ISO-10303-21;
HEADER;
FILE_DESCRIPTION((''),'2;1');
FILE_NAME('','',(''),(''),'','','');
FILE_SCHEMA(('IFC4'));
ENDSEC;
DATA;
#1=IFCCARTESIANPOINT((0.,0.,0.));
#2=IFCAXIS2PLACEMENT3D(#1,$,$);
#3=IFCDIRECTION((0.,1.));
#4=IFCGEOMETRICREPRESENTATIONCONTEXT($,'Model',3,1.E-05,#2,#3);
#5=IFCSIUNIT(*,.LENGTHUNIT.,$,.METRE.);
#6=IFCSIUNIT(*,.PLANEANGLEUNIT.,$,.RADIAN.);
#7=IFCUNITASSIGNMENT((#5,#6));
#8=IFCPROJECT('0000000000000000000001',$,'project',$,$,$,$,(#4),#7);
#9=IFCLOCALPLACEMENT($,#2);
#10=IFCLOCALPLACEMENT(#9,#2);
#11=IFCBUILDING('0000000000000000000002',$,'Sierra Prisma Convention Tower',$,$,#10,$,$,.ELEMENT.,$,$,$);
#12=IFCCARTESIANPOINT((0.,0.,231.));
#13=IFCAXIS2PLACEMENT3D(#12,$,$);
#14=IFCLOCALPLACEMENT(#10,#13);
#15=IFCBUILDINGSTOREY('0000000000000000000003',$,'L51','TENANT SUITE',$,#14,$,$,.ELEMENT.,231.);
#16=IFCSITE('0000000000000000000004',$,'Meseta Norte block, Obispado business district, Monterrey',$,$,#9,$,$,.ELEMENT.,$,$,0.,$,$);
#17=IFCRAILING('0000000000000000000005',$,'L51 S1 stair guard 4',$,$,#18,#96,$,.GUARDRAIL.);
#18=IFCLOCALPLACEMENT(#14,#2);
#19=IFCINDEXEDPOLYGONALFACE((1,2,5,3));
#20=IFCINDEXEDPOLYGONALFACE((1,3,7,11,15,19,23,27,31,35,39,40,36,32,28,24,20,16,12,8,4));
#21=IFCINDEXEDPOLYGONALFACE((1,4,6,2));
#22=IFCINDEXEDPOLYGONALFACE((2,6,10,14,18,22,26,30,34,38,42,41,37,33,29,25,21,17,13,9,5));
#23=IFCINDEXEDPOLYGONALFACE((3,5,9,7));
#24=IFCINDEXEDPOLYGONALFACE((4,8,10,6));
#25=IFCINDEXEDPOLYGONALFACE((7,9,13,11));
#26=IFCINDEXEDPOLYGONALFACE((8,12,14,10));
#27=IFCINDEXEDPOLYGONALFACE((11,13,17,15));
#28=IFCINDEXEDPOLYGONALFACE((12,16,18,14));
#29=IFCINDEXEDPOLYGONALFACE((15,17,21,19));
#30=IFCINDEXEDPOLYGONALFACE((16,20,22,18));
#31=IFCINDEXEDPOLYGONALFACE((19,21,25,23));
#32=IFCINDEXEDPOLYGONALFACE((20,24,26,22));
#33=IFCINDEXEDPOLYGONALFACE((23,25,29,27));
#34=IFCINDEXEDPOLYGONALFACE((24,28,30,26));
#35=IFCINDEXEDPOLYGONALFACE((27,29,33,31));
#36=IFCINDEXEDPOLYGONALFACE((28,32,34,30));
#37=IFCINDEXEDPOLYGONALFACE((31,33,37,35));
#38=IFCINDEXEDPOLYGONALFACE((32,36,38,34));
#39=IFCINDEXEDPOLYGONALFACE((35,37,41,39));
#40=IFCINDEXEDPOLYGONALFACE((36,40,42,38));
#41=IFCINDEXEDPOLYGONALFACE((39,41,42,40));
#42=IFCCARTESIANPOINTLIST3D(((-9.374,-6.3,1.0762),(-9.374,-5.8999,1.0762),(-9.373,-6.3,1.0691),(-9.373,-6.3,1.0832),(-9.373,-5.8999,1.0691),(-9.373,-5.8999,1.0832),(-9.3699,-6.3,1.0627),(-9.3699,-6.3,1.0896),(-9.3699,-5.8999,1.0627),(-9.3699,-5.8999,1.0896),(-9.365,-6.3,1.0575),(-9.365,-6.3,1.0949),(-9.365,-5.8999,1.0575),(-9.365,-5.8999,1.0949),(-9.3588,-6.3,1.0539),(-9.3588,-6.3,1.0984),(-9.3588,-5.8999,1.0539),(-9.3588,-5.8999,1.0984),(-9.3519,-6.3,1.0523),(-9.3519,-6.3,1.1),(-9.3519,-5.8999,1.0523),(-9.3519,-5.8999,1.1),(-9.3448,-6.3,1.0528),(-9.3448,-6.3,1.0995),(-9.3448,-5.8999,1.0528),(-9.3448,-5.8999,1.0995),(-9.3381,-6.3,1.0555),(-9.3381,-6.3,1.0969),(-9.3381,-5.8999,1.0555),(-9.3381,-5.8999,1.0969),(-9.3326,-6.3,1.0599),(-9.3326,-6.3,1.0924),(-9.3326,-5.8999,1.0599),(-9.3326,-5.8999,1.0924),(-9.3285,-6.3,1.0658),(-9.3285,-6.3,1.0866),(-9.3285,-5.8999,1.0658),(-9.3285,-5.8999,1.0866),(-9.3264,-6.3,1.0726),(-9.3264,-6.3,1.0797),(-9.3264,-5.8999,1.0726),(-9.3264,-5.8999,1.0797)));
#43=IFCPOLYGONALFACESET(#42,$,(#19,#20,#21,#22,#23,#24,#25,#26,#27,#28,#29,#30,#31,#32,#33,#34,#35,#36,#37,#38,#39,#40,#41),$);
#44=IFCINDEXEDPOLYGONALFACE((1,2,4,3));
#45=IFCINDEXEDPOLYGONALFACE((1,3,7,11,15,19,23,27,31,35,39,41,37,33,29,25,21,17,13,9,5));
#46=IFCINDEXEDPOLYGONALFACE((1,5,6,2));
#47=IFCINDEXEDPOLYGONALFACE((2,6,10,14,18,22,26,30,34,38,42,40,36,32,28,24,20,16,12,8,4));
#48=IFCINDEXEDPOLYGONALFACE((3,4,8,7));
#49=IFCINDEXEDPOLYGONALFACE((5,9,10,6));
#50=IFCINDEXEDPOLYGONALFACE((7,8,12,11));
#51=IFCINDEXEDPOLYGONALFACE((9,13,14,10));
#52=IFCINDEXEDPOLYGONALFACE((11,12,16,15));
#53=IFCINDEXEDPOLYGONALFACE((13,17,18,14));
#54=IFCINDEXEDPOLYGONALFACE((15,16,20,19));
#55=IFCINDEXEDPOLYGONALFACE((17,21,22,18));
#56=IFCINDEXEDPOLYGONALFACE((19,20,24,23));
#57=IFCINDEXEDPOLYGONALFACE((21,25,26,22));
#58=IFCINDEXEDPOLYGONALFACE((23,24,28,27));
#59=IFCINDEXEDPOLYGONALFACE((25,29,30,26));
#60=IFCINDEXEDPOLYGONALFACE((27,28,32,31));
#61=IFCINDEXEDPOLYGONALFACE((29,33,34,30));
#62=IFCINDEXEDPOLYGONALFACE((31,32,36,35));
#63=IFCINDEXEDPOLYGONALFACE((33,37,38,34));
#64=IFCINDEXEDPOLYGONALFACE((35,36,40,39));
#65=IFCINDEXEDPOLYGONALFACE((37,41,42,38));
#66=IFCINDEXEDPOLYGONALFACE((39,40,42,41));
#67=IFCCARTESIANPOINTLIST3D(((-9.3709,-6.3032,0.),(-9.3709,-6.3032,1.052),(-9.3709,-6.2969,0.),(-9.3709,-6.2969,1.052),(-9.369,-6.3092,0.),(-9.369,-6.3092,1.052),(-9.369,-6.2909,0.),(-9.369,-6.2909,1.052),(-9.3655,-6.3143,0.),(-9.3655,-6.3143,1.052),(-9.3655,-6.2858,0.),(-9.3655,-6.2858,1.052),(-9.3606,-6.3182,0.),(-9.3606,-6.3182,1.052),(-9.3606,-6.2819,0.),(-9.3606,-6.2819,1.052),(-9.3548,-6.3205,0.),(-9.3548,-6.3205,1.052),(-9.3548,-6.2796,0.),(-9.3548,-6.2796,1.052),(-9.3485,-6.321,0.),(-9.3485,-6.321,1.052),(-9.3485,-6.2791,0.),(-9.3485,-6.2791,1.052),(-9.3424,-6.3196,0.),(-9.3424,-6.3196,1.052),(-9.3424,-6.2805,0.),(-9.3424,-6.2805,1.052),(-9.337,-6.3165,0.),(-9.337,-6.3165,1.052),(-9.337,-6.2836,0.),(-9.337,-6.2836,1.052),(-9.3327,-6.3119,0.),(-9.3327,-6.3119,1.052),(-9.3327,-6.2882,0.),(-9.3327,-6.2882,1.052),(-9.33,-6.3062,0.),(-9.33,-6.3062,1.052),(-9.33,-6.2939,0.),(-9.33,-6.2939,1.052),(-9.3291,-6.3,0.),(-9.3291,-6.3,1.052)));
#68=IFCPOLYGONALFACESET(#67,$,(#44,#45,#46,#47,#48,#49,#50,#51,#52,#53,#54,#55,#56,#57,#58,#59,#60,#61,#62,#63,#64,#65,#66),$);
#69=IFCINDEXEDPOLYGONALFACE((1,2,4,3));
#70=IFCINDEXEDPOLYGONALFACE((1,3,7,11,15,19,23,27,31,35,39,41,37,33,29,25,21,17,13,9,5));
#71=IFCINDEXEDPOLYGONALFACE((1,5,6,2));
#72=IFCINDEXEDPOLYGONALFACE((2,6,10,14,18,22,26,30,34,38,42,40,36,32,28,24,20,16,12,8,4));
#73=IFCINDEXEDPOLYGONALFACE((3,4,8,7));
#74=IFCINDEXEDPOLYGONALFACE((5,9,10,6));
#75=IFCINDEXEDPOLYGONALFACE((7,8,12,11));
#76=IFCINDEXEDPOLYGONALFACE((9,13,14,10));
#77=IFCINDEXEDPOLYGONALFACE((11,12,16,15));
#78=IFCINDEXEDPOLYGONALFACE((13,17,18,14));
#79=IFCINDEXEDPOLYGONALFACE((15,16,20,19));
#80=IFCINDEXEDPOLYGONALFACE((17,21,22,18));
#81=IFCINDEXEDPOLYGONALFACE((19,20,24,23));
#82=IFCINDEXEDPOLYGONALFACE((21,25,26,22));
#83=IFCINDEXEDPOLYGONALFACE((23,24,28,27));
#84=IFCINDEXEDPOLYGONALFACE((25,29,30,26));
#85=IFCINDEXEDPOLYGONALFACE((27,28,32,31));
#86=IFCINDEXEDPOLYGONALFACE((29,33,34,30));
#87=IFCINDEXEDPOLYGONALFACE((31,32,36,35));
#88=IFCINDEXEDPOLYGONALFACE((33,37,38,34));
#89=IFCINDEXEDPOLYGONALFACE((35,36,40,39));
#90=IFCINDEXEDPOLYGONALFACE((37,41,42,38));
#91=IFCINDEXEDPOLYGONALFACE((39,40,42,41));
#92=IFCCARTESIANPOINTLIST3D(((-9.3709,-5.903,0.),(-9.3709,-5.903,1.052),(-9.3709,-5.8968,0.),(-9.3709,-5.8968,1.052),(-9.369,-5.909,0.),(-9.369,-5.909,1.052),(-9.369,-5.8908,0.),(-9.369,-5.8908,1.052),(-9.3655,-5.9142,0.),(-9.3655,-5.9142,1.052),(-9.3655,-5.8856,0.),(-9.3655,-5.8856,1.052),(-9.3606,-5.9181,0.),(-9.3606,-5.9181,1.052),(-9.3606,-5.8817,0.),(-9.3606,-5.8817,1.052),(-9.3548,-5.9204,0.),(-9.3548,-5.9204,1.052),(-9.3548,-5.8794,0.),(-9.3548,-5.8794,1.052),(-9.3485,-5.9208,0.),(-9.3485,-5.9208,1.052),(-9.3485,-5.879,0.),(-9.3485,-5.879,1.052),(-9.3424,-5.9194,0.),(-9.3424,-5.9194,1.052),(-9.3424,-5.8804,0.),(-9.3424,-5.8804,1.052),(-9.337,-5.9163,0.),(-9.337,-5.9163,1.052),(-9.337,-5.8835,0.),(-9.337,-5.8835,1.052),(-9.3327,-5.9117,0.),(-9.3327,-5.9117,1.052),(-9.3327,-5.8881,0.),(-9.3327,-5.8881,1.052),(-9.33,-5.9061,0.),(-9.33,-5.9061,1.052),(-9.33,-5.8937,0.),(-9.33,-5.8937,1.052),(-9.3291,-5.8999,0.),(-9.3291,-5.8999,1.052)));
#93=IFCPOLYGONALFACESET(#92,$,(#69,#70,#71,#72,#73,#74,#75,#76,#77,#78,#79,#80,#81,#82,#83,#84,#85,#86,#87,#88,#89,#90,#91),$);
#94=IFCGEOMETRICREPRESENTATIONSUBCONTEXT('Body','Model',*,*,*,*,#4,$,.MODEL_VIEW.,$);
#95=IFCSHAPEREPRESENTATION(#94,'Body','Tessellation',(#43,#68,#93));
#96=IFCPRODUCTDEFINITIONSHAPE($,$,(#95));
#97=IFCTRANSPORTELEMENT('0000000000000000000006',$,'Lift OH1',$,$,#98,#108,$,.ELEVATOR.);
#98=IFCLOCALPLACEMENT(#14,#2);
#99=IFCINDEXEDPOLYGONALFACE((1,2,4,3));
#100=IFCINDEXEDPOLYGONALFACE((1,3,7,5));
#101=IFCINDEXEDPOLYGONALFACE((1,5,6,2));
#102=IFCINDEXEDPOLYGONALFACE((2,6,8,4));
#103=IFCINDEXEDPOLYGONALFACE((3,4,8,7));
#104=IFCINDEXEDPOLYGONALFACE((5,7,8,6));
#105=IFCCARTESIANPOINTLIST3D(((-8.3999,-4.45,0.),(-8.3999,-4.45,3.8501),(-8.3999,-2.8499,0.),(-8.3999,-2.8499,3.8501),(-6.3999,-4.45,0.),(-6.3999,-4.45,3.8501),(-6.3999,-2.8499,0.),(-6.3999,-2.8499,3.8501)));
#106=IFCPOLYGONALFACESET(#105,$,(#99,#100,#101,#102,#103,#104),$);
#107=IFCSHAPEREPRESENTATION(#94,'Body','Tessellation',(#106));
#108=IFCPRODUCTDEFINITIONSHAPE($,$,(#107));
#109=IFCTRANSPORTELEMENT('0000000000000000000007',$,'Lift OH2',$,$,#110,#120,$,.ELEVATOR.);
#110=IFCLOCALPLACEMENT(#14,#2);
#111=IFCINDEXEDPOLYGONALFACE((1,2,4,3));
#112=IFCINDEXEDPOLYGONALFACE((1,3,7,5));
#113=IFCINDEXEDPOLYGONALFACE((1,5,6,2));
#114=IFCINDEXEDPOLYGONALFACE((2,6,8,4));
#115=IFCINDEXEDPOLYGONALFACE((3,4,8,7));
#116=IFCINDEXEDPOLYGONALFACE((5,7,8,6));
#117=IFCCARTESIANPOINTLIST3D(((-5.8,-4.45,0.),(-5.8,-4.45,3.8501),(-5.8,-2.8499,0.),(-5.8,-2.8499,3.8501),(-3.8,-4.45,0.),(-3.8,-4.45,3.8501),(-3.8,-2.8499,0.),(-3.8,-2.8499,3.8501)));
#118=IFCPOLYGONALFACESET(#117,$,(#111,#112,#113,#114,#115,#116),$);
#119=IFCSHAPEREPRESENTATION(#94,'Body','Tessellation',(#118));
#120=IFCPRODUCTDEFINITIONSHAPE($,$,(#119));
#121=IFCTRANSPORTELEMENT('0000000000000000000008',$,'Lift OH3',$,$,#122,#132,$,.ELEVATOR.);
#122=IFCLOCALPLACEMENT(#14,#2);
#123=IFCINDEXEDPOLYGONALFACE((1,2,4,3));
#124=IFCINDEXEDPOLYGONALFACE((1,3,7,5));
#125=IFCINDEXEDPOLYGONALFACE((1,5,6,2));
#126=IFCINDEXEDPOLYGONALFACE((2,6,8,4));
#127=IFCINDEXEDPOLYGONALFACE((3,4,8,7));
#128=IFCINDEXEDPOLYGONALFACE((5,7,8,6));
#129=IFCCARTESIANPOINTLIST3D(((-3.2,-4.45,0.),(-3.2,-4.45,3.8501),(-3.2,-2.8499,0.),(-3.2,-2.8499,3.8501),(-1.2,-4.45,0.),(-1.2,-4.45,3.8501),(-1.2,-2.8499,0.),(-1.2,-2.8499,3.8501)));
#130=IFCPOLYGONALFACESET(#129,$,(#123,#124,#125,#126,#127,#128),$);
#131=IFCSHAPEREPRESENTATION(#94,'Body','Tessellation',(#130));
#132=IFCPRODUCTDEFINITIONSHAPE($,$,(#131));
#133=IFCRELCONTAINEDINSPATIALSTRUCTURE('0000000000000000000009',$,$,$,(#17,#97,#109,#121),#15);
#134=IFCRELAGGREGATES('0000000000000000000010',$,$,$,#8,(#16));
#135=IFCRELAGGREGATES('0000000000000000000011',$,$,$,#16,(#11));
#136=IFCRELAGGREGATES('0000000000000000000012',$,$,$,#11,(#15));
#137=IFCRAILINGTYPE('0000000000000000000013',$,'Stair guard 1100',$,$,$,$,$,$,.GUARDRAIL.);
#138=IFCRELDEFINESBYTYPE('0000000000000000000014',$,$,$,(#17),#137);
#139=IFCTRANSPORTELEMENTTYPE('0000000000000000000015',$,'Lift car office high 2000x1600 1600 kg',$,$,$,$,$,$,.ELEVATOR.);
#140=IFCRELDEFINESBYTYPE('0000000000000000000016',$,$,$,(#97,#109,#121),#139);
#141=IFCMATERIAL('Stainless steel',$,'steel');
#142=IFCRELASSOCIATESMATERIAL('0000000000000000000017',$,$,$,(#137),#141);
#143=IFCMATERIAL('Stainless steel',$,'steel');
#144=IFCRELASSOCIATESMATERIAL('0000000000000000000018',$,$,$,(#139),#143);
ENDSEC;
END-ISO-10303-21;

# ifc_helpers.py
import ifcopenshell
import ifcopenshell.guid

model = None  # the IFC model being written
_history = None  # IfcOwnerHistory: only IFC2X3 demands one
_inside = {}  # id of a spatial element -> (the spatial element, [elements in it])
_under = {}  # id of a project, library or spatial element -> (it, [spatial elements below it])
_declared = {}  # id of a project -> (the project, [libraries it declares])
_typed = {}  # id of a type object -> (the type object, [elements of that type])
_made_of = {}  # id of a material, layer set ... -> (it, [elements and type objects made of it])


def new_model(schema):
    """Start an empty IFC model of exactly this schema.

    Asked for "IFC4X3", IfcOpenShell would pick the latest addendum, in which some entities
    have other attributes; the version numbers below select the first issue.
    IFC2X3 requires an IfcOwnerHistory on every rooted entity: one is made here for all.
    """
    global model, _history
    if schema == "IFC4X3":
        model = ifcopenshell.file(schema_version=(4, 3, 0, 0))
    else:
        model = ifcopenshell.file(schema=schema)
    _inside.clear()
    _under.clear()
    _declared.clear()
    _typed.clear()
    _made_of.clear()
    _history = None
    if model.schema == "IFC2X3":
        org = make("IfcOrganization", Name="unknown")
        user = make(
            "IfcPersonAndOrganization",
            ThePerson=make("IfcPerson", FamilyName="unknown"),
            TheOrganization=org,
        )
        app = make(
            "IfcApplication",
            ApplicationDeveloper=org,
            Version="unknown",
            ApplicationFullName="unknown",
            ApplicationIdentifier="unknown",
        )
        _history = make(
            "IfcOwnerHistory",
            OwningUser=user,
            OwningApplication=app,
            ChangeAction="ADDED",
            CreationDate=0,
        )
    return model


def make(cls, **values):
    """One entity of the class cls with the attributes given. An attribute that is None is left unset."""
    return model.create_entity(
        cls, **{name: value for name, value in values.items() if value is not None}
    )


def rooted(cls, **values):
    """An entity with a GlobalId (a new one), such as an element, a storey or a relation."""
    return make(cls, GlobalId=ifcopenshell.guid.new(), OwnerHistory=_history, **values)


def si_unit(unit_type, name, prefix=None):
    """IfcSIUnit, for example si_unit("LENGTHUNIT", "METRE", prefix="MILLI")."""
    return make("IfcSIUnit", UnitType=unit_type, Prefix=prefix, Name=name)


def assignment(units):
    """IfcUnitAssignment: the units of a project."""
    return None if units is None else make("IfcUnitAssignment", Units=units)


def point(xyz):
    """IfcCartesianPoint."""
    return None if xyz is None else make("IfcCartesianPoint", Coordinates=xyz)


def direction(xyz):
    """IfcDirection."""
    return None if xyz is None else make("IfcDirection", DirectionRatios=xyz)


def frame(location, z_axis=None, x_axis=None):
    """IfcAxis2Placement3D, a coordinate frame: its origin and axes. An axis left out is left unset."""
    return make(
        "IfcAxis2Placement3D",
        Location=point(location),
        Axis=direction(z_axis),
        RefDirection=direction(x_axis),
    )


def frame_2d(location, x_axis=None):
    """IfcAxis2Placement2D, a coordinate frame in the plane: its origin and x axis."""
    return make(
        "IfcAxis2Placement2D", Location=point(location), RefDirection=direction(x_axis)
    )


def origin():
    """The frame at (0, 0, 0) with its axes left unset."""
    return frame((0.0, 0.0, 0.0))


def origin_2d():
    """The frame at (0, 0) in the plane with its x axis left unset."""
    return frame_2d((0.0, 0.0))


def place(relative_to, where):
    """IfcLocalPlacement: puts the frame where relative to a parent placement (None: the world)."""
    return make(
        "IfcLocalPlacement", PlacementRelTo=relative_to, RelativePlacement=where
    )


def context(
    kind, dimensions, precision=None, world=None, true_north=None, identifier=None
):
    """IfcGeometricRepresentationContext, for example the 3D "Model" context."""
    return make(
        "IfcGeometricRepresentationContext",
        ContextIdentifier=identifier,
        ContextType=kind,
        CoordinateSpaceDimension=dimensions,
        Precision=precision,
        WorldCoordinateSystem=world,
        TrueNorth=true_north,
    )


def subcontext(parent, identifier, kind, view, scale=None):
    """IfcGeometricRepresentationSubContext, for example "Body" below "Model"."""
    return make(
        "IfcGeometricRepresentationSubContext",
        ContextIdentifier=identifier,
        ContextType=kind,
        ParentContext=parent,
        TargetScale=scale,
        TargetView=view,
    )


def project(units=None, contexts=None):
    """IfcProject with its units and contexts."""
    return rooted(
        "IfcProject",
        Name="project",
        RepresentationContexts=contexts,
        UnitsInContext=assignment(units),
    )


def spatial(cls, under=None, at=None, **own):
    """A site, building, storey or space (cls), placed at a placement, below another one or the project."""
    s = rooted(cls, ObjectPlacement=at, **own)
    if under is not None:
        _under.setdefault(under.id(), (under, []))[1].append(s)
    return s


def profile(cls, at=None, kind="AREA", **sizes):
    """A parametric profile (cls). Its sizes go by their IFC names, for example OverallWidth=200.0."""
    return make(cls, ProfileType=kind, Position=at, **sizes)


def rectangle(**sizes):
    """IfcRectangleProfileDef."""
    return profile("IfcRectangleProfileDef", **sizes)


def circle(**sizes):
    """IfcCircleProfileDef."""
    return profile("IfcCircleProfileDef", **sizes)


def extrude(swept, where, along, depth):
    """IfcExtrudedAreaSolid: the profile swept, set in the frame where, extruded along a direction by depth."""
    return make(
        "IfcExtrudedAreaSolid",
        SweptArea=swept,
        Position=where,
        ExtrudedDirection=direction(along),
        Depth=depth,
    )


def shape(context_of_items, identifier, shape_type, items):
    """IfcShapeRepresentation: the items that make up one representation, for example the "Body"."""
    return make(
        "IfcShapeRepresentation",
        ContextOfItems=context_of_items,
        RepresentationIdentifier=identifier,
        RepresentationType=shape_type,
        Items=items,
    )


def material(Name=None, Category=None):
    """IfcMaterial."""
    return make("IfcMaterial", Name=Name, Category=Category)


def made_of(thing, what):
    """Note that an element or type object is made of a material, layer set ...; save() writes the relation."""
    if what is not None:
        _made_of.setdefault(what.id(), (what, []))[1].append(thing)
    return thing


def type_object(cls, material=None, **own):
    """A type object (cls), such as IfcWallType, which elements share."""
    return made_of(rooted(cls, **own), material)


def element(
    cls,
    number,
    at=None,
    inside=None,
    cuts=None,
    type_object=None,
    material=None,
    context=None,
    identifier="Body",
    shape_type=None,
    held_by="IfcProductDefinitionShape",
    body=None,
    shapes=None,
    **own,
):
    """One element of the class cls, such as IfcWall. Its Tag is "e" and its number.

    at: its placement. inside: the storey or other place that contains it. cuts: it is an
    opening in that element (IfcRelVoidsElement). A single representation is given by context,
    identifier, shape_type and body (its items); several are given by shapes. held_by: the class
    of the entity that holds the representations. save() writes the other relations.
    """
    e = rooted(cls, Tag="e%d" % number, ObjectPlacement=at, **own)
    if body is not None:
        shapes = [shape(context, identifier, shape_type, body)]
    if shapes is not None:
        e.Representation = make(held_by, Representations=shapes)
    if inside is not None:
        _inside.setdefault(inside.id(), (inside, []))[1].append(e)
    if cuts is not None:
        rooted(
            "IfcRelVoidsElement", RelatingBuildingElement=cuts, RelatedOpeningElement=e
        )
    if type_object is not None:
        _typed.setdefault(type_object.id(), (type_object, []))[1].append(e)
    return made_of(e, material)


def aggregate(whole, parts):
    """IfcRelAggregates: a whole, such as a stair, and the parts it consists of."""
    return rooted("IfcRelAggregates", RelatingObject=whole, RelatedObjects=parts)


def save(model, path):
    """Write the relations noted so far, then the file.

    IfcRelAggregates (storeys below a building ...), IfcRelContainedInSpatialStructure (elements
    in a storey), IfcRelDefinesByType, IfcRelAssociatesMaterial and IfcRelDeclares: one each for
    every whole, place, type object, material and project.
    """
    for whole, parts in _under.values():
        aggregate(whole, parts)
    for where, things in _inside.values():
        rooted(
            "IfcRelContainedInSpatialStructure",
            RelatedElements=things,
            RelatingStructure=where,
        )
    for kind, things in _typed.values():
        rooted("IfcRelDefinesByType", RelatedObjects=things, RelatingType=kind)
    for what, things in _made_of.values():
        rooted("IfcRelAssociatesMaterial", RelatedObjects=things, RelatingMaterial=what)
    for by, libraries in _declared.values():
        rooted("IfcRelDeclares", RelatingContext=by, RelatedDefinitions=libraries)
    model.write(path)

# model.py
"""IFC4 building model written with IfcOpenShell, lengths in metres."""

from ifc_helpers import new_model, si_unit, direction, frame, origin, origin_2d, place, context, subcontext, project, spatial, rectangle, circle, extrude, material, type_object, element, save


model = new_model("IFC4")

# Units and contexts
model_context = context("Model", 3, precision=1e-05, world=origin(), true_north=direction((0.0, 1.0)))
body_context = subcontext(model_context, "Body", "Model", "MODEL_VIEW")
ifc_project = project(units=[si_unit("LENGTHUNIT", "METRE"), si_unit("PLANEANGLEUNIT", "RADIAN")], contexts=[model_context])

# Site, building, storey
site_placement = place(None, origin())
site = spatial("IfcSite", under=ifc_project, at=site_placement, Name="Meseta Norte block, Obispado business district, Monterrey", CompositionType="ELEMENT", RefElevation=0.0)
building_placement = place(site_placement, origin())
building = spatial("IfcBuilding", under=site, at=building_placement, Name="Sierra Prisma Convention Tower", CompositionType="ELEMENT")
storey_placement = place(building_placement, frame((0.0, 0.0, 231.0)))
storey = spatial("IfcBuildingStorey", under=building, at=storey_placement, Name="L51", Description="TENANT SUITE", CompositionType="ELEMENT", Elevation=231.0)

# Railing
ifc_material_1 = material(Name="Stainless steel", Category="steel")
railing_type_1 = type_object("IfcRailingType", Name="Stair guard 1100", PredefinedType="GUARDRAIL", material=ifc_material_1)
railing_1_placement = place(storey_placement, frame((-9.3501, -6.3, 0.0)))
element("IfcRailing", 1, at=railing_1_placement, inside=storey, type_object=railing_type_1, Name="L51 S1 stair guard 4", PredefinedType="GUARDRAIL", context=body_context, shape_type="SweptSolid", body=[
    extrude(circle(Radius=0.0239, at=origin_2d()), frame((0.0, 0.0, 1.0762), z_axis=(0.0, 1.0, 0.0), x_axis=(-1.0, 0.0, 0.0)), (0.0, 0.0, 1.0), 0.4001),
    extrude(circle(Radius=0.021, at=origin_2d()), origin(), (0.0, 0.0, 1.0), 1.052),
    extrude(circle(Radius=0.021, at=origin_2d()), frame((0.0, 0.4001, 0.0)), (0.0, 0.0, 1.0), 1.052),
])

# Transport elements
ifc_material_2 = material(Name="Stainless steel", Category="steel")
transport_element_type = type_object("IfcTransportElementType", Name="Lift car office high 2000x1600 1600 kg", PredefinedType="ELEVATOR", material=ifc_material_2)
for number, where, z_axis, x_axis, name in (
    (2, (-7.3999, -3.6499, 0.0), (0.0, 0.0, 1.0), (1.0, 0.0, 0.0), "Lift OH1"),
    (3, (-4.8, -3.6499, 0.0), (0.0, 0.0, 1.0), (1.0, 0.0, 0.0), "Lift OH2"),
    (4, (-2.2, -3.6499, 0.0), (0.0, 0.0, 1.0), (1.0, 0.0, 0.0), "Lift OH3"),
):
    element("IfcTransportElement", number, at=place(storey_placement, frame(where, z_axis=z_axis, x_axis=x_axis)), inside=storey, type_object=transport_element_type, Name=name, PredefinedType="ELEVATOR", context=body_context, shape_type="SweptSolid", body=[
        extrude(rectangle(XDim=2.0, YDim=1.6001, at=origin_2d()), origin(), (0.0, 0.0, 1.0), 3.8501),
    ])

save(model, "model.ifc")
